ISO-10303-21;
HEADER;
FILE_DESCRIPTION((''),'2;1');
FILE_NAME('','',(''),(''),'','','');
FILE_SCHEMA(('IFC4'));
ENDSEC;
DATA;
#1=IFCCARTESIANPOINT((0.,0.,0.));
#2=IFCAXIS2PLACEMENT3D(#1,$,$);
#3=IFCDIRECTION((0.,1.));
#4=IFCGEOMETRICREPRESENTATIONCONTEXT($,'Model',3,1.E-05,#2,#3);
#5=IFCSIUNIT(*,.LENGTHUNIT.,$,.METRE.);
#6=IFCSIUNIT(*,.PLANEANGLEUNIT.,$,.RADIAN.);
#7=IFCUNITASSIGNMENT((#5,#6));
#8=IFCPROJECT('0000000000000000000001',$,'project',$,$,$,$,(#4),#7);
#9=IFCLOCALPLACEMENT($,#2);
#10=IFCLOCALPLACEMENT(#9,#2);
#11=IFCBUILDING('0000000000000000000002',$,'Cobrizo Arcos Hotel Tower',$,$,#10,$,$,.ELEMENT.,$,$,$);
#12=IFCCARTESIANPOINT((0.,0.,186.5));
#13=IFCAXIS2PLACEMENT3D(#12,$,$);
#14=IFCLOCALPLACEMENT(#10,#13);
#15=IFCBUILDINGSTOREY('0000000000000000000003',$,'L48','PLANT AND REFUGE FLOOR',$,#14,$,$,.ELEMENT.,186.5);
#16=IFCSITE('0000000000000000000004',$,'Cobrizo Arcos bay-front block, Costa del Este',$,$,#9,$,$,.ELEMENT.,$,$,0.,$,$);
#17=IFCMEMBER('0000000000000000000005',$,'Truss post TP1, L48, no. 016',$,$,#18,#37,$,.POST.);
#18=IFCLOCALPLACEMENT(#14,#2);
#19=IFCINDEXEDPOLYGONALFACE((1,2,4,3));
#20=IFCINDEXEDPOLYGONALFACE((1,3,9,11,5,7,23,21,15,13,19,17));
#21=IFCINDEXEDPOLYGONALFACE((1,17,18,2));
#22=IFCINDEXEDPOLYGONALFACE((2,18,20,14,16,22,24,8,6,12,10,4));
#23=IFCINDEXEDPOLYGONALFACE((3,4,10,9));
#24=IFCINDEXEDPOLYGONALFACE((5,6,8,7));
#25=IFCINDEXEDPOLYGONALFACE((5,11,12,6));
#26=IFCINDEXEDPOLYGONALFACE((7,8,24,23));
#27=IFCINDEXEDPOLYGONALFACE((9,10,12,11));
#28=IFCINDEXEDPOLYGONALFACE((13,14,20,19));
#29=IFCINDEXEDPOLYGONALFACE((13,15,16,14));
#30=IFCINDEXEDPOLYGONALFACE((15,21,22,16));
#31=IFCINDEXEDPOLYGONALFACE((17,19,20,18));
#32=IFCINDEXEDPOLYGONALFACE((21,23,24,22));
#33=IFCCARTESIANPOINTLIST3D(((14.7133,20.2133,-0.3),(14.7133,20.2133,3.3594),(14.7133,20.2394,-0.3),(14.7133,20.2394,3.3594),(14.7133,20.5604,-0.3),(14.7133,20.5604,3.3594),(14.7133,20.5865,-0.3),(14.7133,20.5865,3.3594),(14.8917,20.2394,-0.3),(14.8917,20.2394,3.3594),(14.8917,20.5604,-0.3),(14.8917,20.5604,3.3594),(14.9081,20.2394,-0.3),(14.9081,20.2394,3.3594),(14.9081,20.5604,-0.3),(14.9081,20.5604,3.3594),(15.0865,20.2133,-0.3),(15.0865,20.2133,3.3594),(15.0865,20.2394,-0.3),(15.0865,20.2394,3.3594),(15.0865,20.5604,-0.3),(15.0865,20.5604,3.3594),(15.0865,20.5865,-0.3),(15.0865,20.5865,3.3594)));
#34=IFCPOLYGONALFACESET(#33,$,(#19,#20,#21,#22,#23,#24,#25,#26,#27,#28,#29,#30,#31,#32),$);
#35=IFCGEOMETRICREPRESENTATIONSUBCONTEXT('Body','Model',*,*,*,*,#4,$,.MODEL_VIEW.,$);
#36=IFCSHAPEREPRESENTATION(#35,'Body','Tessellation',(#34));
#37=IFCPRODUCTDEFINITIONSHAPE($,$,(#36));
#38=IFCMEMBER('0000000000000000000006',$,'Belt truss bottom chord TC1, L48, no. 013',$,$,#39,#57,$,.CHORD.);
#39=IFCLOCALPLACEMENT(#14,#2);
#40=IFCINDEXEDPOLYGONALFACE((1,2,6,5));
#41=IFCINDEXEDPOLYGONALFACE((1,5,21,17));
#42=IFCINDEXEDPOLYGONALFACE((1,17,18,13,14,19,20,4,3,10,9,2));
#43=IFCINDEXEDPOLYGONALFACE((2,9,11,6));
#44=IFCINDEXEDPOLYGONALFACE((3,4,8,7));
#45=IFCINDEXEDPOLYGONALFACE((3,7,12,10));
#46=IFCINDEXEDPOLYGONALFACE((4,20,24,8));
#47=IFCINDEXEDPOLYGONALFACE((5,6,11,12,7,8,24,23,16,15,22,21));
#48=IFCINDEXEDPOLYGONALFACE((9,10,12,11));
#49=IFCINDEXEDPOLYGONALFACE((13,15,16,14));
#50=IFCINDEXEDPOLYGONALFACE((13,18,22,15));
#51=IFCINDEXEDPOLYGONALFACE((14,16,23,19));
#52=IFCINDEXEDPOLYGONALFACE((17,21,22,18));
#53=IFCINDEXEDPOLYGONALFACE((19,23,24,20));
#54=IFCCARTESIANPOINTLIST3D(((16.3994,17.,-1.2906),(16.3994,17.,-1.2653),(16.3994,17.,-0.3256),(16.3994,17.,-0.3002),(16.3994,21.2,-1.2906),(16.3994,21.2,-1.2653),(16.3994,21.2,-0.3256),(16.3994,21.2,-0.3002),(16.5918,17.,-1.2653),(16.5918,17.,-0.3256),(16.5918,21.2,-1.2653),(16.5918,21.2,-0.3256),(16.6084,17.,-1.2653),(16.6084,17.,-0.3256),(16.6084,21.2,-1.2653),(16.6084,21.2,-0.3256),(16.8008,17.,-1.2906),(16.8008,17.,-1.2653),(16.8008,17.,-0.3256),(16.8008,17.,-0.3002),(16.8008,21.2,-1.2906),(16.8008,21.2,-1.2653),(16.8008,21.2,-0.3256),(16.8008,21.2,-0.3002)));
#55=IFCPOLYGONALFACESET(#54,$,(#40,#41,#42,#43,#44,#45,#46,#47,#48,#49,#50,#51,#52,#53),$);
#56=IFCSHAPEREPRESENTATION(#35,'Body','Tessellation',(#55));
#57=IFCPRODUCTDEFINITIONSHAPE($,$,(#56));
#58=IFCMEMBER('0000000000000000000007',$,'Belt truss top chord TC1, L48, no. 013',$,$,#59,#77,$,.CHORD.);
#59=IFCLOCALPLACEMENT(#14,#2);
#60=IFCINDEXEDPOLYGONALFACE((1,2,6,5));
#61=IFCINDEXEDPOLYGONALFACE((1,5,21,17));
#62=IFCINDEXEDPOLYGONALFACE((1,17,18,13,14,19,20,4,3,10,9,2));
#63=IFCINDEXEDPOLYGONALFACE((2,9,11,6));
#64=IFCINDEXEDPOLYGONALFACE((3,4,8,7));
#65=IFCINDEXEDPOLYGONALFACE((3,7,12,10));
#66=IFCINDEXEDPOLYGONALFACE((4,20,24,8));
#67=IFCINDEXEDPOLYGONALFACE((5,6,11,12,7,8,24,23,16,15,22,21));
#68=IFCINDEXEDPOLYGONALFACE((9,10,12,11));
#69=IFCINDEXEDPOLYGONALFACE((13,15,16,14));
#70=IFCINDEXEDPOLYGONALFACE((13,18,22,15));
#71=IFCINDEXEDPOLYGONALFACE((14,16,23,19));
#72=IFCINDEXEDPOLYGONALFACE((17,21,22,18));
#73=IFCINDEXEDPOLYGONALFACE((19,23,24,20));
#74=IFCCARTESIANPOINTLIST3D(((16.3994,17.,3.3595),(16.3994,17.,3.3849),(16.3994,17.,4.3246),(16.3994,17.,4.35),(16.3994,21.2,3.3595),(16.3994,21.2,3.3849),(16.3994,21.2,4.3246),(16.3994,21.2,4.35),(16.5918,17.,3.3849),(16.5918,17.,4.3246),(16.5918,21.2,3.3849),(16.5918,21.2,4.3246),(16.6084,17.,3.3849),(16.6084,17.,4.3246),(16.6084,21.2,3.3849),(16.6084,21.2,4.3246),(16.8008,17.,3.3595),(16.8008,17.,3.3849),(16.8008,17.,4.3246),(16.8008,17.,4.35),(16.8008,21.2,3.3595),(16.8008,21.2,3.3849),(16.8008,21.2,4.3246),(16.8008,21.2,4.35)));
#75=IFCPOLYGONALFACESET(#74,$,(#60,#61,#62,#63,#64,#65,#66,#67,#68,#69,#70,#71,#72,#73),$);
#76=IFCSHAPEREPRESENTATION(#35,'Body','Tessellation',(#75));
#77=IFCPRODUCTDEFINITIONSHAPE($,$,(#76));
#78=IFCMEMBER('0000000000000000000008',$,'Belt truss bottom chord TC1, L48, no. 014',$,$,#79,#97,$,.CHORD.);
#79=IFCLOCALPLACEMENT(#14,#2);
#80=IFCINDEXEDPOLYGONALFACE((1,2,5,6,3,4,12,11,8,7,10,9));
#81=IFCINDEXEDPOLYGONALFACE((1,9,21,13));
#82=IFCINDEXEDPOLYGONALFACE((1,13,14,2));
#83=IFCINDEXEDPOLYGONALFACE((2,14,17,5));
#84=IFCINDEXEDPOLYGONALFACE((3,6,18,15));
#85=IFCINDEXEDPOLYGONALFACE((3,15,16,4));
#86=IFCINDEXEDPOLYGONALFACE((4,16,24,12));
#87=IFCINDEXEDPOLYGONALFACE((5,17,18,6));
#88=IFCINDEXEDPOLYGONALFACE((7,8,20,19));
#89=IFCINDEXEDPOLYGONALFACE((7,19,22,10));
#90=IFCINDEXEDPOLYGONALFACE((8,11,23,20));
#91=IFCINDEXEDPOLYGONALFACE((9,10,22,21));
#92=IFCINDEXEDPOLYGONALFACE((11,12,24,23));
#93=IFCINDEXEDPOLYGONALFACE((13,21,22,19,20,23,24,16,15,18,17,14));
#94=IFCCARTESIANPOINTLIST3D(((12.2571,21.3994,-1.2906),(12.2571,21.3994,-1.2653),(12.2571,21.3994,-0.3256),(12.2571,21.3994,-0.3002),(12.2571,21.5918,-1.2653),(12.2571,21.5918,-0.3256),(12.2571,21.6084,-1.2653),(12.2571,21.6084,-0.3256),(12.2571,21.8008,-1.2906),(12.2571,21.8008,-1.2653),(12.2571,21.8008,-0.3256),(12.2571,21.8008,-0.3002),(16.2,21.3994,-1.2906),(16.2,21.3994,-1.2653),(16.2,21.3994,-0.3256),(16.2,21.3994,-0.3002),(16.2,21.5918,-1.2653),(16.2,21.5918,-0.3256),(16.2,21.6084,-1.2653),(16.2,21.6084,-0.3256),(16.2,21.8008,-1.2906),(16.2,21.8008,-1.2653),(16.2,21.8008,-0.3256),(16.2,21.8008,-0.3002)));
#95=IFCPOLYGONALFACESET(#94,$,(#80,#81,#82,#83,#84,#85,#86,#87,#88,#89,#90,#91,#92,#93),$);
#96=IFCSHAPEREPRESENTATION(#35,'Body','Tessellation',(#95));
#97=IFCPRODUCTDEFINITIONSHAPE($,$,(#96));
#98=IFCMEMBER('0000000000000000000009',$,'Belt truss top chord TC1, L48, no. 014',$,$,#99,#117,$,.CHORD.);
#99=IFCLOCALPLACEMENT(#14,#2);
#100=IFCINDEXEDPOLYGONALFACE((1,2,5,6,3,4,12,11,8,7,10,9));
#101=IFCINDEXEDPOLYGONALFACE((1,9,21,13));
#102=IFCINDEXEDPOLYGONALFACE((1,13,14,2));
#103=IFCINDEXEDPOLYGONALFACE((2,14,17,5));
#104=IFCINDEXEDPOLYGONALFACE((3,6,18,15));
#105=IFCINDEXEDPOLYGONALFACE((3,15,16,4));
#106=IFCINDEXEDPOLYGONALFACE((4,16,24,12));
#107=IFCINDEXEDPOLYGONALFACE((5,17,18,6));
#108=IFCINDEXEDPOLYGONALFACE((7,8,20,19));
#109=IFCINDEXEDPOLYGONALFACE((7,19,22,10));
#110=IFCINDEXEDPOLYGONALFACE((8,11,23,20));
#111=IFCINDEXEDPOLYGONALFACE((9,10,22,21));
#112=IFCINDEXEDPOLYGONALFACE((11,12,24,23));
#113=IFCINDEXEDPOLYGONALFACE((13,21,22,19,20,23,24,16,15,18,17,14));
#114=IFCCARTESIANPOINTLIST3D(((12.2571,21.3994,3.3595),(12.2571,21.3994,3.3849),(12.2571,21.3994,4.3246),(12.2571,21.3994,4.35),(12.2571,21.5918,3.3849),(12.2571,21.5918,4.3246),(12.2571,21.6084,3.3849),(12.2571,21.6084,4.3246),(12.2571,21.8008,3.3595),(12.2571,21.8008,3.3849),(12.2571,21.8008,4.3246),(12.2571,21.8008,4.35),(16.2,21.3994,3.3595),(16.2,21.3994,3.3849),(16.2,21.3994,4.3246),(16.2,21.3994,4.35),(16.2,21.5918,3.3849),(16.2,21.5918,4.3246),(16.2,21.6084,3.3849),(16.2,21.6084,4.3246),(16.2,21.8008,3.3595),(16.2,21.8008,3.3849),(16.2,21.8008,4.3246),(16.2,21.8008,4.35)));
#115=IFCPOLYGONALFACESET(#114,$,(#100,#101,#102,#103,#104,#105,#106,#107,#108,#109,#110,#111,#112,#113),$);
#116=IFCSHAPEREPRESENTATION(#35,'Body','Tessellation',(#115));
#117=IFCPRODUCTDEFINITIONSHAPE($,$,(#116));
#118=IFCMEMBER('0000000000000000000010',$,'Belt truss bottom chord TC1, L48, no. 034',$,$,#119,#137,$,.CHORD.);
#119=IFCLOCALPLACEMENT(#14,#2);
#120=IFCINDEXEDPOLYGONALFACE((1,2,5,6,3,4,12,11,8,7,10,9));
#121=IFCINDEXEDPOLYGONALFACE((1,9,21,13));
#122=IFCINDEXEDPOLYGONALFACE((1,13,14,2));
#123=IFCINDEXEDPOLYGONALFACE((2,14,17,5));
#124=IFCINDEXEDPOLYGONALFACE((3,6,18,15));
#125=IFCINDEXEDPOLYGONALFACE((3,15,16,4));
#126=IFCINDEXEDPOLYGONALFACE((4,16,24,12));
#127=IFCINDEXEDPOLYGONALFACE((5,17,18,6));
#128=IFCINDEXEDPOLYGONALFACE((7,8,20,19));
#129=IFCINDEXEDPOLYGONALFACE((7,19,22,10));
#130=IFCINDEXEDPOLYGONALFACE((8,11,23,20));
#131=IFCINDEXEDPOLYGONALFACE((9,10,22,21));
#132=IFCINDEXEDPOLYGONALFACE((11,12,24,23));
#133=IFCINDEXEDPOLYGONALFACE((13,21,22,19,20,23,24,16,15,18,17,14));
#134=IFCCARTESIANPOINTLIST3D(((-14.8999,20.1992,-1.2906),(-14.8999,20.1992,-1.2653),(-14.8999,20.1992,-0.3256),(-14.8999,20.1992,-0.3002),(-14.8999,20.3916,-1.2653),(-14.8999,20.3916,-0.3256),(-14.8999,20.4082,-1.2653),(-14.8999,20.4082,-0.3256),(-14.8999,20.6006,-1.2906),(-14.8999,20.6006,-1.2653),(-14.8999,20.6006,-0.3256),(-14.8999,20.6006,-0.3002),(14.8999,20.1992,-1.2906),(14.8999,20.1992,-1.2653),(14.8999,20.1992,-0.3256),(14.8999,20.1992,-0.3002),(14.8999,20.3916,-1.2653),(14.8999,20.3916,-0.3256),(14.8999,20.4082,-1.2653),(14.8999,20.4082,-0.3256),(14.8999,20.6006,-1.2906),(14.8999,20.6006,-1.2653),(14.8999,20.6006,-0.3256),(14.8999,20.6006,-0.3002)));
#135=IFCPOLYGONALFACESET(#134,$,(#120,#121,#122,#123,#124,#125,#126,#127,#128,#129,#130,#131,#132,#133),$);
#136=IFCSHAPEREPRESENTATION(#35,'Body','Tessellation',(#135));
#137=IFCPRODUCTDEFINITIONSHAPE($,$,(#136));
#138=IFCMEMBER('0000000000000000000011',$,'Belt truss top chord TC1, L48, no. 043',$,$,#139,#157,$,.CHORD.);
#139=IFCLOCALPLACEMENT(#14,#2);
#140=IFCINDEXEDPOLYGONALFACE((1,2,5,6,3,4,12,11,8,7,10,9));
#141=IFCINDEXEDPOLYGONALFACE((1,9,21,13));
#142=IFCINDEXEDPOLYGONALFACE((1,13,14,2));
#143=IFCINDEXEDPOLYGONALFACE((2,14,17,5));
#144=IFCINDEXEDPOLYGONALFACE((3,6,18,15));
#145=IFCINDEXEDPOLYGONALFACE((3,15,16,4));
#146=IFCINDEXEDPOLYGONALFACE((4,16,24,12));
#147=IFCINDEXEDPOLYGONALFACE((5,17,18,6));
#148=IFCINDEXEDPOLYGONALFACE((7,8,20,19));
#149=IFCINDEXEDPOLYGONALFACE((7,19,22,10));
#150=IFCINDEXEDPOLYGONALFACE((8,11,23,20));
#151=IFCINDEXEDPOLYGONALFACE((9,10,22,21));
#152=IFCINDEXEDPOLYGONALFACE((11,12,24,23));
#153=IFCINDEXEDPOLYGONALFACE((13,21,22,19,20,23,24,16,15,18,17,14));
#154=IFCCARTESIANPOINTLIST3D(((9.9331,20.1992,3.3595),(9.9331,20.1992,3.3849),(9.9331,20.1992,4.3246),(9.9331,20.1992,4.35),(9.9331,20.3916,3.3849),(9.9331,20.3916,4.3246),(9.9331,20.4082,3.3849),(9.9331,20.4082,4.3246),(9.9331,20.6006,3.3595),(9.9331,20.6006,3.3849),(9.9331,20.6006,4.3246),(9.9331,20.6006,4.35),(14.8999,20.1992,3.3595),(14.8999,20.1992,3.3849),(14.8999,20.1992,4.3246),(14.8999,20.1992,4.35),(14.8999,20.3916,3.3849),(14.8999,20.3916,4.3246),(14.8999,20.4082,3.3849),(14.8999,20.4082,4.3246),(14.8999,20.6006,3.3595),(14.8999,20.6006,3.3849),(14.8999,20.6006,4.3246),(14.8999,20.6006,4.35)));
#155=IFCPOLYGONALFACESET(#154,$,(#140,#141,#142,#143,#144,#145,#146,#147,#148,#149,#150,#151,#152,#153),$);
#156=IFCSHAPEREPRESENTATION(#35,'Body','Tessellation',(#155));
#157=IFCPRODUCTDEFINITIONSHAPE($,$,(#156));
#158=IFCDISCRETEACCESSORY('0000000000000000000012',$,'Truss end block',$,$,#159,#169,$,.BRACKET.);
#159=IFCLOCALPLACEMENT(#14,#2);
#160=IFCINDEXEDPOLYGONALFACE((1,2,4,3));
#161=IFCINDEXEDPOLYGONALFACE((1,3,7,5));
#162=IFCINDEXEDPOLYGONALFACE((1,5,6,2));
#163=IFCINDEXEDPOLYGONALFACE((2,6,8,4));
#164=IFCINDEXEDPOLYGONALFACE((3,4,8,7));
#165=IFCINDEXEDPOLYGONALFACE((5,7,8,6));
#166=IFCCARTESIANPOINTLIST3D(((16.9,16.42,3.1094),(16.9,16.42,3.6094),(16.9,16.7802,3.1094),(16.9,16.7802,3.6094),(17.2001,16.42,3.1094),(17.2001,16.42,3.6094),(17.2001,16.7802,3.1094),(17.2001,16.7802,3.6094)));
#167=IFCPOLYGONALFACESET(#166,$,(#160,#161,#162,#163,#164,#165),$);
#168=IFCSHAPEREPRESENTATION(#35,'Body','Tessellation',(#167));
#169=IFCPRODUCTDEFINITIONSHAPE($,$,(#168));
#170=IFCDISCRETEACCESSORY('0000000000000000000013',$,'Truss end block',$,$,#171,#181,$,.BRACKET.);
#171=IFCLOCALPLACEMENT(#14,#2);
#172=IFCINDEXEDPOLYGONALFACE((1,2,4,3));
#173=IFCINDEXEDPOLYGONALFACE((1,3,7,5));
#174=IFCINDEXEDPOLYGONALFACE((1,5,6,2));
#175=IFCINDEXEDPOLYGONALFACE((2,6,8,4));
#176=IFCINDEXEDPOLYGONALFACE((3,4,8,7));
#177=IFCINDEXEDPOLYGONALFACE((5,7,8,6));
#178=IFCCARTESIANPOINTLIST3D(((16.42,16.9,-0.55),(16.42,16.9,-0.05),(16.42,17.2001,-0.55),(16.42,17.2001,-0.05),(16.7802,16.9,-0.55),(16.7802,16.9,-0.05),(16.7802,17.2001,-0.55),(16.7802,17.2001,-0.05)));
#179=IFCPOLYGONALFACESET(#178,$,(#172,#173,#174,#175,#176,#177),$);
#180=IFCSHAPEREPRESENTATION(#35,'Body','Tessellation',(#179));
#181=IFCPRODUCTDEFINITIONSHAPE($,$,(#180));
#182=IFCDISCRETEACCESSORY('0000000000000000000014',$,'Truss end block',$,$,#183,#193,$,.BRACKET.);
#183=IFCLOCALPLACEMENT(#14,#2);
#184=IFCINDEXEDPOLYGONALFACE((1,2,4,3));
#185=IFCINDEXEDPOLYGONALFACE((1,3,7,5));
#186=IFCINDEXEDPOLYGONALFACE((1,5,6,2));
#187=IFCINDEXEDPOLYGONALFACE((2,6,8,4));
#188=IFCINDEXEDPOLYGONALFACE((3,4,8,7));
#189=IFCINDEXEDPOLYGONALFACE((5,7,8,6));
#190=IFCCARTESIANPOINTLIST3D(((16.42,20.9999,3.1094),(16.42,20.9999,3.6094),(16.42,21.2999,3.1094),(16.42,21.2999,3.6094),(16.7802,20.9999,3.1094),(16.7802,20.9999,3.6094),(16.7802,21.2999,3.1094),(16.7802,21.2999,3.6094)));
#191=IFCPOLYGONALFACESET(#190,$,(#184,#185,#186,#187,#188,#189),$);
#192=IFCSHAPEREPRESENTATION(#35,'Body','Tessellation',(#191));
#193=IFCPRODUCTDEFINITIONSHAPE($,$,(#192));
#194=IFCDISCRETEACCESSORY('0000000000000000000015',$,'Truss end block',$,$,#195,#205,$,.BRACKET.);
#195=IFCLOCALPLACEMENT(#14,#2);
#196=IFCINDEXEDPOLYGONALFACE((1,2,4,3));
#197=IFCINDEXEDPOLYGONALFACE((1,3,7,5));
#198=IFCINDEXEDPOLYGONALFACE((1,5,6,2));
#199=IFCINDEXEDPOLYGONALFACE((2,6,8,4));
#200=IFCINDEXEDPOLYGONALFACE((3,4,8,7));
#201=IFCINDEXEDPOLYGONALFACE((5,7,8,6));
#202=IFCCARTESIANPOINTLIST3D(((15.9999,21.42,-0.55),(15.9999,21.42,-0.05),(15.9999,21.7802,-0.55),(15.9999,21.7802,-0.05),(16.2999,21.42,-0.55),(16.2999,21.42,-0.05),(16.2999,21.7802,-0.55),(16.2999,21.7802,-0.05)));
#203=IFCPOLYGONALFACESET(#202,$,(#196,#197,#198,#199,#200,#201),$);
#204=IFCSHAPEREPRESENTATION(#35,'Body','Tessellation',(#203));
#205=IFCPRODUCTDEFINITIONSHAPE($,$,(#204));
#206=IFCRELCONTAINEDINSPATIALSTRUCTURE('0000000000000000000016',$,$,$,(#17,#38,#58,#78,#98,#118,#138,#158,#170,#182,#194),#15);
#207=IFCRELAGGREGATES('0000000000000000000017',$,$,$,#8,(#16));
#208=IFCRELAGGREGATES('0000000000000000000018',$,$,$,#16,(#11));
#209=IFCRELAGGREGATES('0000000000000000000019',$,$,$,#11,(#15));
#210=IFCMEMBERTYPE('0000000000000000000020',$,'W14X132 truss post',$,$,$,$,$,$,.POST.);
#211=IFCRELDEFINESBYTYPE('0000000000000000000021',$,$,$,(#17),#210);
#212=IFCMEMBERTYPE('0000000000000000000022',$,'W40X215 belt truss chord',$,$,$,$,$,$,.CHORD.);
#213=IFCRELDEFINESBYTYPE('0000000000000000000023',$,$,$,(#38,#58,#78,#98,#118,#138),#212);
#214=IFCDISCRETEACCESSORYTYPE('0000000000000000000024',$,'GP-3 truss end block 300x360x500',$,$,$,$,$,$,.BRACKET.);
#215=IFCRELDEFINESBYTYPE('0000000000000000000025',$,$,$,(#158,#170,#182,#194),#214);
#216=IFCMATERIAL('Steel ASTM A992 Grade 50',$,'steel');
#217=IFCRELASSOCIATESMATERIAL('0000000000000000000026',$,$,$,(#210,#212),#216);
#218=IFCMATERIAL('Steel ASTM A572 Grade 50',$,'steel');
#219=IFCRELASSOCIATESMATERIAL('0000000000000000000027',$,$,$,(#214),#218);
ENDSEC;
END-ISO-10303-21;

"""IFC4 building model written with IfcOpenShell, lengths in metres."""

from ifc_helpers import new_model, si_unit, direction, frame, origin, origin_2d, place, context, subcontext, project, spatial, rectangle, i_section, extrude, material, material_profile, profile_set, type_object, element, save


model = new_model("IFC4")

# Units and contexts
model_context = context("Model", 3, precision=1e-05, world=origin(), true_north=direction((0.0, 1.0)))
body_context = subcontext(model_context, "Body", "Model", "MODEL_VIEW")
ifc_project = project(units=[si_unit("LENGTHUNIT", "METRE"), si_unit("PLANEANGLEUNIT", "RADIAN")], contexts=[model_context])

# Site, building, storey
site_placement = place(None, origin())
site = spatial("IfcSite", under=ifc_project, at=site_placement, Name="Cobrizo Arcos bay-front block, Costa del Este", CompositionType="ELEMENT", RefElevation=0.0)
building_placement = place(site_placement, origin())
building = spatial("IfcBuilding", under=site, at=building_placement, Name="Cobrizo Arcos Hotel Tower", CompositionType="ELEMENT")
storey_placement = place(building_placement, frame((0.0, 0.0, 186.5)))
storey = spatial("IfcBuildingStorey", under=building, at=storey_placement, Name="L48", Description="PLANT AND REFUGE FLOOR", CompositionType="ELEMENT", Elevation=186.5)

# Shared definitions
ifc_material_1 = material(Name="Steel ASTM A572 Grade 50", Category="steel")

# Members
ifc_material_2 = material(Name="Steel ASTM A992 Grade 50", Category="steel")
ifc_material_profile_1 = material_profile(ifc_material_2, i_section(OverallWidth=0.3733, OverallDepth=0.3733, WebThickness=0.0164, FlangeThickness=0.0261, at=origin_2d()), Name="W14X132")
ifc_profile_set_1 = profile_set([ifc_material_profile_1], Name="Steel ASTM A992 Grade 50")
member_type_1 = type_object("IfcMemberType", Name="W14X132 truss post", PredefinedType="POST", material=ifc_profile_set_1)
member_1_placement = place(storey_placement, frame((14.8999, 20.3999, -0.3), z_axis=(0.0, 0.0, 1.0), x_axis=(1.0, 0.0, 0.0)))
element("IfcMember", 1, at=member_1_placement, inside=storey, type_object=member_type_1, Name="Truss post TP1, L48, no. 016", PredefinedType="POST", context=body_context, shape_type="SweptSolid", body=[
    extrude(i_section(OverallWidth=0.3733, OverallDepth=0.3733, WebThickness=0.0164, FlangeThickness=0.0261, at=origin_2d()), origin(), (0.0, 0.0, 1.0), 3.6594),
])
ifc_material_profile_2 = material_profile(ifc_material_2, i_section(OverallWidth=0.4014, OverallDepth=0.9905, WebThickness=0.0166, FlangeThickness=0.0254, at=origin_2d()), Name="W40X215")
ifc_profile_set_2 = profile_set([ifc_material_profile_2], Name="Steel ASTM A992 Grade 50")
member_type_2 = type_object("IfcMemberType", Name="W40X215 belt truss chord", PredefinedType="CHORD", material=ifc_profile_set_2)
for number, where, z_axis, x_axis, name in (
    (2, (16.6001, 17.0, -0.7954), (0.0, 1.0, 0.0), (-1.0, 0.0, 0.0), "Belt truss bottom chord TC1, L48, no. 013"),
    (3, (16.6001, 17.0, 3.8547), (0.0, 1.0, 0.0), (-1.0, 0.0, 0.0), "Belt truss top chord TC1, L48, no. 013"),
):
    element("IfcMember", number, at=place(storey_placement, frame(where, z_axis=z_axis, x_axis=x_axis)), inside=storey, type_object=member_type_2, Name=name, PredefinedType="CHORD", context=body_context, shape_type="SweptSolid", body=[
        extrude(i_section(OverallWidth=0.4014, OverallDepth=0.9905, WebThickness=0.0166, FlangeThickness=0.0254, at=origin_2d()), origin(), (0.0, 0.0, 1.0), 4.2),
    ])
for number, where, z_axis, x_axis, name in (
    (4, (16.2, 21.6001, -0.7954), (-1.0, 0.0, 0.0), (0.0, -1.0, 0.0), "Belt truss bottom chord TC1, L48, no. 014"),
    (5, (16.2, 21.6001, 3.8547), (-1.0, 0.0, 0.0), (0.0, -1.0, 0.0), "Belt truss top chord TC1, L48, no. 014"),
):
    element("IfcMember", number, at=place(storey_placement, frame(where, z_axis=z_axis, x_axis=x_axis)), inside=storey, type_object=member_type_2, Name=name, PredefinedType="CHORD", context=body_context, shape_type="SweptSolid", body=[
        extrude(i_section(OverallWidth=0.4014, OverallDepth=0.9905, WebThickness=0.0166, FlangeThickness=0.0254, at=origin_2d()), origin(), (0.0, 0.0, 1.0), 3.9429),
    ])
member_2_placement = place(storey_placement, frame((14.8999, 20.3999, -0.7954), z_axis=(-1.0, 0.0, 0.0), x_axis=(0.0, -1.0, 0.0)))
element("IfcMember", 6, at=member_2_placement, inside=storey, type_object=member_type_2, Name="Belt truss bottom chord TC1, L48, no. 034", PredefinedType="CHORD", context=body_context, shape_type="SweptSolid", body=[
    extrude(i_section(OverallWidth=0.4014, OverallDepth=0.9905, WebThickness=0.0166, FlangeThickness=0.0254, at=origin_2d()), origin(), (0.0, 0.0, 1.0), 29.7998),
])
member_3_placement = place(storey_placement, frame((14.8999, 20.3999, 3.8547), z_axis=(-1.0, 0.0, 0.0), x_axis=(0.0, -1.0, 0.0)))
element("IfcMember", 7, at=member_3_placement, inside=storey, type_object=member_type_2, Name="Belt truss top chord TC1, L48, no. 043", PredefinedType="CHORD", context=body_context, shape_type="SweptSolid", body=[
    extrude(i_section(OverallWidth=0.4014, OverallDepth=0.9905, WebThickness=0.0166, FlangeThickness=0.0254, at=origin_2d()), origin(), (0.0, 0.0, 1.0), 4.9668),
])

# Discrete accessories
discrete_accessory_type_1 = type_object("IfcDiscreteAccessoryType", Name="GP-3 truss end block 300x360x500", PredefinedType="BRACKET", material=ifc_material_1)
for number, where, z_axis, x_axis, name in (
    (8, (17.05, 16.6001, 3.1094), (0.0, 0.0, 1.0), (1.0, 0.0, 0.0), "Truss end block"),
    (9, (16.6001, 17.05, -0.55), (0.0, 0.0, 1.0), (0.0, 1.0, 0.0), "Truss end block"),
    (10, (16.6001, 21.1499, 3.1094), (0.0, 0.0, 1.0), (0.0, -1.0, 0.0), "Truss end block"),
    (11, (16.1499, 21.6001, -0.55), (0.0, 0.0, 1.0), (-1.0, 0.0, 0.0), "Truss end block"),
):
    element("IfcDiscreteAccessory", number, at=place(storey_placement, frame(where, z_axis=z_axis, x_axis=x_axis)), inside=storey, type_object=discrete_accessory_type_1, Name=name, PredefinedType="BRACKET", context=body_context, shape_type="SweptSolid", body=[
        extrude(rectangle(XDim=0.3, YDim=0.3601, at=origin_2d()), origin(), (0.0, 0.0, 1.0), 0.5),
    ])

save(model, "model.ifc")
